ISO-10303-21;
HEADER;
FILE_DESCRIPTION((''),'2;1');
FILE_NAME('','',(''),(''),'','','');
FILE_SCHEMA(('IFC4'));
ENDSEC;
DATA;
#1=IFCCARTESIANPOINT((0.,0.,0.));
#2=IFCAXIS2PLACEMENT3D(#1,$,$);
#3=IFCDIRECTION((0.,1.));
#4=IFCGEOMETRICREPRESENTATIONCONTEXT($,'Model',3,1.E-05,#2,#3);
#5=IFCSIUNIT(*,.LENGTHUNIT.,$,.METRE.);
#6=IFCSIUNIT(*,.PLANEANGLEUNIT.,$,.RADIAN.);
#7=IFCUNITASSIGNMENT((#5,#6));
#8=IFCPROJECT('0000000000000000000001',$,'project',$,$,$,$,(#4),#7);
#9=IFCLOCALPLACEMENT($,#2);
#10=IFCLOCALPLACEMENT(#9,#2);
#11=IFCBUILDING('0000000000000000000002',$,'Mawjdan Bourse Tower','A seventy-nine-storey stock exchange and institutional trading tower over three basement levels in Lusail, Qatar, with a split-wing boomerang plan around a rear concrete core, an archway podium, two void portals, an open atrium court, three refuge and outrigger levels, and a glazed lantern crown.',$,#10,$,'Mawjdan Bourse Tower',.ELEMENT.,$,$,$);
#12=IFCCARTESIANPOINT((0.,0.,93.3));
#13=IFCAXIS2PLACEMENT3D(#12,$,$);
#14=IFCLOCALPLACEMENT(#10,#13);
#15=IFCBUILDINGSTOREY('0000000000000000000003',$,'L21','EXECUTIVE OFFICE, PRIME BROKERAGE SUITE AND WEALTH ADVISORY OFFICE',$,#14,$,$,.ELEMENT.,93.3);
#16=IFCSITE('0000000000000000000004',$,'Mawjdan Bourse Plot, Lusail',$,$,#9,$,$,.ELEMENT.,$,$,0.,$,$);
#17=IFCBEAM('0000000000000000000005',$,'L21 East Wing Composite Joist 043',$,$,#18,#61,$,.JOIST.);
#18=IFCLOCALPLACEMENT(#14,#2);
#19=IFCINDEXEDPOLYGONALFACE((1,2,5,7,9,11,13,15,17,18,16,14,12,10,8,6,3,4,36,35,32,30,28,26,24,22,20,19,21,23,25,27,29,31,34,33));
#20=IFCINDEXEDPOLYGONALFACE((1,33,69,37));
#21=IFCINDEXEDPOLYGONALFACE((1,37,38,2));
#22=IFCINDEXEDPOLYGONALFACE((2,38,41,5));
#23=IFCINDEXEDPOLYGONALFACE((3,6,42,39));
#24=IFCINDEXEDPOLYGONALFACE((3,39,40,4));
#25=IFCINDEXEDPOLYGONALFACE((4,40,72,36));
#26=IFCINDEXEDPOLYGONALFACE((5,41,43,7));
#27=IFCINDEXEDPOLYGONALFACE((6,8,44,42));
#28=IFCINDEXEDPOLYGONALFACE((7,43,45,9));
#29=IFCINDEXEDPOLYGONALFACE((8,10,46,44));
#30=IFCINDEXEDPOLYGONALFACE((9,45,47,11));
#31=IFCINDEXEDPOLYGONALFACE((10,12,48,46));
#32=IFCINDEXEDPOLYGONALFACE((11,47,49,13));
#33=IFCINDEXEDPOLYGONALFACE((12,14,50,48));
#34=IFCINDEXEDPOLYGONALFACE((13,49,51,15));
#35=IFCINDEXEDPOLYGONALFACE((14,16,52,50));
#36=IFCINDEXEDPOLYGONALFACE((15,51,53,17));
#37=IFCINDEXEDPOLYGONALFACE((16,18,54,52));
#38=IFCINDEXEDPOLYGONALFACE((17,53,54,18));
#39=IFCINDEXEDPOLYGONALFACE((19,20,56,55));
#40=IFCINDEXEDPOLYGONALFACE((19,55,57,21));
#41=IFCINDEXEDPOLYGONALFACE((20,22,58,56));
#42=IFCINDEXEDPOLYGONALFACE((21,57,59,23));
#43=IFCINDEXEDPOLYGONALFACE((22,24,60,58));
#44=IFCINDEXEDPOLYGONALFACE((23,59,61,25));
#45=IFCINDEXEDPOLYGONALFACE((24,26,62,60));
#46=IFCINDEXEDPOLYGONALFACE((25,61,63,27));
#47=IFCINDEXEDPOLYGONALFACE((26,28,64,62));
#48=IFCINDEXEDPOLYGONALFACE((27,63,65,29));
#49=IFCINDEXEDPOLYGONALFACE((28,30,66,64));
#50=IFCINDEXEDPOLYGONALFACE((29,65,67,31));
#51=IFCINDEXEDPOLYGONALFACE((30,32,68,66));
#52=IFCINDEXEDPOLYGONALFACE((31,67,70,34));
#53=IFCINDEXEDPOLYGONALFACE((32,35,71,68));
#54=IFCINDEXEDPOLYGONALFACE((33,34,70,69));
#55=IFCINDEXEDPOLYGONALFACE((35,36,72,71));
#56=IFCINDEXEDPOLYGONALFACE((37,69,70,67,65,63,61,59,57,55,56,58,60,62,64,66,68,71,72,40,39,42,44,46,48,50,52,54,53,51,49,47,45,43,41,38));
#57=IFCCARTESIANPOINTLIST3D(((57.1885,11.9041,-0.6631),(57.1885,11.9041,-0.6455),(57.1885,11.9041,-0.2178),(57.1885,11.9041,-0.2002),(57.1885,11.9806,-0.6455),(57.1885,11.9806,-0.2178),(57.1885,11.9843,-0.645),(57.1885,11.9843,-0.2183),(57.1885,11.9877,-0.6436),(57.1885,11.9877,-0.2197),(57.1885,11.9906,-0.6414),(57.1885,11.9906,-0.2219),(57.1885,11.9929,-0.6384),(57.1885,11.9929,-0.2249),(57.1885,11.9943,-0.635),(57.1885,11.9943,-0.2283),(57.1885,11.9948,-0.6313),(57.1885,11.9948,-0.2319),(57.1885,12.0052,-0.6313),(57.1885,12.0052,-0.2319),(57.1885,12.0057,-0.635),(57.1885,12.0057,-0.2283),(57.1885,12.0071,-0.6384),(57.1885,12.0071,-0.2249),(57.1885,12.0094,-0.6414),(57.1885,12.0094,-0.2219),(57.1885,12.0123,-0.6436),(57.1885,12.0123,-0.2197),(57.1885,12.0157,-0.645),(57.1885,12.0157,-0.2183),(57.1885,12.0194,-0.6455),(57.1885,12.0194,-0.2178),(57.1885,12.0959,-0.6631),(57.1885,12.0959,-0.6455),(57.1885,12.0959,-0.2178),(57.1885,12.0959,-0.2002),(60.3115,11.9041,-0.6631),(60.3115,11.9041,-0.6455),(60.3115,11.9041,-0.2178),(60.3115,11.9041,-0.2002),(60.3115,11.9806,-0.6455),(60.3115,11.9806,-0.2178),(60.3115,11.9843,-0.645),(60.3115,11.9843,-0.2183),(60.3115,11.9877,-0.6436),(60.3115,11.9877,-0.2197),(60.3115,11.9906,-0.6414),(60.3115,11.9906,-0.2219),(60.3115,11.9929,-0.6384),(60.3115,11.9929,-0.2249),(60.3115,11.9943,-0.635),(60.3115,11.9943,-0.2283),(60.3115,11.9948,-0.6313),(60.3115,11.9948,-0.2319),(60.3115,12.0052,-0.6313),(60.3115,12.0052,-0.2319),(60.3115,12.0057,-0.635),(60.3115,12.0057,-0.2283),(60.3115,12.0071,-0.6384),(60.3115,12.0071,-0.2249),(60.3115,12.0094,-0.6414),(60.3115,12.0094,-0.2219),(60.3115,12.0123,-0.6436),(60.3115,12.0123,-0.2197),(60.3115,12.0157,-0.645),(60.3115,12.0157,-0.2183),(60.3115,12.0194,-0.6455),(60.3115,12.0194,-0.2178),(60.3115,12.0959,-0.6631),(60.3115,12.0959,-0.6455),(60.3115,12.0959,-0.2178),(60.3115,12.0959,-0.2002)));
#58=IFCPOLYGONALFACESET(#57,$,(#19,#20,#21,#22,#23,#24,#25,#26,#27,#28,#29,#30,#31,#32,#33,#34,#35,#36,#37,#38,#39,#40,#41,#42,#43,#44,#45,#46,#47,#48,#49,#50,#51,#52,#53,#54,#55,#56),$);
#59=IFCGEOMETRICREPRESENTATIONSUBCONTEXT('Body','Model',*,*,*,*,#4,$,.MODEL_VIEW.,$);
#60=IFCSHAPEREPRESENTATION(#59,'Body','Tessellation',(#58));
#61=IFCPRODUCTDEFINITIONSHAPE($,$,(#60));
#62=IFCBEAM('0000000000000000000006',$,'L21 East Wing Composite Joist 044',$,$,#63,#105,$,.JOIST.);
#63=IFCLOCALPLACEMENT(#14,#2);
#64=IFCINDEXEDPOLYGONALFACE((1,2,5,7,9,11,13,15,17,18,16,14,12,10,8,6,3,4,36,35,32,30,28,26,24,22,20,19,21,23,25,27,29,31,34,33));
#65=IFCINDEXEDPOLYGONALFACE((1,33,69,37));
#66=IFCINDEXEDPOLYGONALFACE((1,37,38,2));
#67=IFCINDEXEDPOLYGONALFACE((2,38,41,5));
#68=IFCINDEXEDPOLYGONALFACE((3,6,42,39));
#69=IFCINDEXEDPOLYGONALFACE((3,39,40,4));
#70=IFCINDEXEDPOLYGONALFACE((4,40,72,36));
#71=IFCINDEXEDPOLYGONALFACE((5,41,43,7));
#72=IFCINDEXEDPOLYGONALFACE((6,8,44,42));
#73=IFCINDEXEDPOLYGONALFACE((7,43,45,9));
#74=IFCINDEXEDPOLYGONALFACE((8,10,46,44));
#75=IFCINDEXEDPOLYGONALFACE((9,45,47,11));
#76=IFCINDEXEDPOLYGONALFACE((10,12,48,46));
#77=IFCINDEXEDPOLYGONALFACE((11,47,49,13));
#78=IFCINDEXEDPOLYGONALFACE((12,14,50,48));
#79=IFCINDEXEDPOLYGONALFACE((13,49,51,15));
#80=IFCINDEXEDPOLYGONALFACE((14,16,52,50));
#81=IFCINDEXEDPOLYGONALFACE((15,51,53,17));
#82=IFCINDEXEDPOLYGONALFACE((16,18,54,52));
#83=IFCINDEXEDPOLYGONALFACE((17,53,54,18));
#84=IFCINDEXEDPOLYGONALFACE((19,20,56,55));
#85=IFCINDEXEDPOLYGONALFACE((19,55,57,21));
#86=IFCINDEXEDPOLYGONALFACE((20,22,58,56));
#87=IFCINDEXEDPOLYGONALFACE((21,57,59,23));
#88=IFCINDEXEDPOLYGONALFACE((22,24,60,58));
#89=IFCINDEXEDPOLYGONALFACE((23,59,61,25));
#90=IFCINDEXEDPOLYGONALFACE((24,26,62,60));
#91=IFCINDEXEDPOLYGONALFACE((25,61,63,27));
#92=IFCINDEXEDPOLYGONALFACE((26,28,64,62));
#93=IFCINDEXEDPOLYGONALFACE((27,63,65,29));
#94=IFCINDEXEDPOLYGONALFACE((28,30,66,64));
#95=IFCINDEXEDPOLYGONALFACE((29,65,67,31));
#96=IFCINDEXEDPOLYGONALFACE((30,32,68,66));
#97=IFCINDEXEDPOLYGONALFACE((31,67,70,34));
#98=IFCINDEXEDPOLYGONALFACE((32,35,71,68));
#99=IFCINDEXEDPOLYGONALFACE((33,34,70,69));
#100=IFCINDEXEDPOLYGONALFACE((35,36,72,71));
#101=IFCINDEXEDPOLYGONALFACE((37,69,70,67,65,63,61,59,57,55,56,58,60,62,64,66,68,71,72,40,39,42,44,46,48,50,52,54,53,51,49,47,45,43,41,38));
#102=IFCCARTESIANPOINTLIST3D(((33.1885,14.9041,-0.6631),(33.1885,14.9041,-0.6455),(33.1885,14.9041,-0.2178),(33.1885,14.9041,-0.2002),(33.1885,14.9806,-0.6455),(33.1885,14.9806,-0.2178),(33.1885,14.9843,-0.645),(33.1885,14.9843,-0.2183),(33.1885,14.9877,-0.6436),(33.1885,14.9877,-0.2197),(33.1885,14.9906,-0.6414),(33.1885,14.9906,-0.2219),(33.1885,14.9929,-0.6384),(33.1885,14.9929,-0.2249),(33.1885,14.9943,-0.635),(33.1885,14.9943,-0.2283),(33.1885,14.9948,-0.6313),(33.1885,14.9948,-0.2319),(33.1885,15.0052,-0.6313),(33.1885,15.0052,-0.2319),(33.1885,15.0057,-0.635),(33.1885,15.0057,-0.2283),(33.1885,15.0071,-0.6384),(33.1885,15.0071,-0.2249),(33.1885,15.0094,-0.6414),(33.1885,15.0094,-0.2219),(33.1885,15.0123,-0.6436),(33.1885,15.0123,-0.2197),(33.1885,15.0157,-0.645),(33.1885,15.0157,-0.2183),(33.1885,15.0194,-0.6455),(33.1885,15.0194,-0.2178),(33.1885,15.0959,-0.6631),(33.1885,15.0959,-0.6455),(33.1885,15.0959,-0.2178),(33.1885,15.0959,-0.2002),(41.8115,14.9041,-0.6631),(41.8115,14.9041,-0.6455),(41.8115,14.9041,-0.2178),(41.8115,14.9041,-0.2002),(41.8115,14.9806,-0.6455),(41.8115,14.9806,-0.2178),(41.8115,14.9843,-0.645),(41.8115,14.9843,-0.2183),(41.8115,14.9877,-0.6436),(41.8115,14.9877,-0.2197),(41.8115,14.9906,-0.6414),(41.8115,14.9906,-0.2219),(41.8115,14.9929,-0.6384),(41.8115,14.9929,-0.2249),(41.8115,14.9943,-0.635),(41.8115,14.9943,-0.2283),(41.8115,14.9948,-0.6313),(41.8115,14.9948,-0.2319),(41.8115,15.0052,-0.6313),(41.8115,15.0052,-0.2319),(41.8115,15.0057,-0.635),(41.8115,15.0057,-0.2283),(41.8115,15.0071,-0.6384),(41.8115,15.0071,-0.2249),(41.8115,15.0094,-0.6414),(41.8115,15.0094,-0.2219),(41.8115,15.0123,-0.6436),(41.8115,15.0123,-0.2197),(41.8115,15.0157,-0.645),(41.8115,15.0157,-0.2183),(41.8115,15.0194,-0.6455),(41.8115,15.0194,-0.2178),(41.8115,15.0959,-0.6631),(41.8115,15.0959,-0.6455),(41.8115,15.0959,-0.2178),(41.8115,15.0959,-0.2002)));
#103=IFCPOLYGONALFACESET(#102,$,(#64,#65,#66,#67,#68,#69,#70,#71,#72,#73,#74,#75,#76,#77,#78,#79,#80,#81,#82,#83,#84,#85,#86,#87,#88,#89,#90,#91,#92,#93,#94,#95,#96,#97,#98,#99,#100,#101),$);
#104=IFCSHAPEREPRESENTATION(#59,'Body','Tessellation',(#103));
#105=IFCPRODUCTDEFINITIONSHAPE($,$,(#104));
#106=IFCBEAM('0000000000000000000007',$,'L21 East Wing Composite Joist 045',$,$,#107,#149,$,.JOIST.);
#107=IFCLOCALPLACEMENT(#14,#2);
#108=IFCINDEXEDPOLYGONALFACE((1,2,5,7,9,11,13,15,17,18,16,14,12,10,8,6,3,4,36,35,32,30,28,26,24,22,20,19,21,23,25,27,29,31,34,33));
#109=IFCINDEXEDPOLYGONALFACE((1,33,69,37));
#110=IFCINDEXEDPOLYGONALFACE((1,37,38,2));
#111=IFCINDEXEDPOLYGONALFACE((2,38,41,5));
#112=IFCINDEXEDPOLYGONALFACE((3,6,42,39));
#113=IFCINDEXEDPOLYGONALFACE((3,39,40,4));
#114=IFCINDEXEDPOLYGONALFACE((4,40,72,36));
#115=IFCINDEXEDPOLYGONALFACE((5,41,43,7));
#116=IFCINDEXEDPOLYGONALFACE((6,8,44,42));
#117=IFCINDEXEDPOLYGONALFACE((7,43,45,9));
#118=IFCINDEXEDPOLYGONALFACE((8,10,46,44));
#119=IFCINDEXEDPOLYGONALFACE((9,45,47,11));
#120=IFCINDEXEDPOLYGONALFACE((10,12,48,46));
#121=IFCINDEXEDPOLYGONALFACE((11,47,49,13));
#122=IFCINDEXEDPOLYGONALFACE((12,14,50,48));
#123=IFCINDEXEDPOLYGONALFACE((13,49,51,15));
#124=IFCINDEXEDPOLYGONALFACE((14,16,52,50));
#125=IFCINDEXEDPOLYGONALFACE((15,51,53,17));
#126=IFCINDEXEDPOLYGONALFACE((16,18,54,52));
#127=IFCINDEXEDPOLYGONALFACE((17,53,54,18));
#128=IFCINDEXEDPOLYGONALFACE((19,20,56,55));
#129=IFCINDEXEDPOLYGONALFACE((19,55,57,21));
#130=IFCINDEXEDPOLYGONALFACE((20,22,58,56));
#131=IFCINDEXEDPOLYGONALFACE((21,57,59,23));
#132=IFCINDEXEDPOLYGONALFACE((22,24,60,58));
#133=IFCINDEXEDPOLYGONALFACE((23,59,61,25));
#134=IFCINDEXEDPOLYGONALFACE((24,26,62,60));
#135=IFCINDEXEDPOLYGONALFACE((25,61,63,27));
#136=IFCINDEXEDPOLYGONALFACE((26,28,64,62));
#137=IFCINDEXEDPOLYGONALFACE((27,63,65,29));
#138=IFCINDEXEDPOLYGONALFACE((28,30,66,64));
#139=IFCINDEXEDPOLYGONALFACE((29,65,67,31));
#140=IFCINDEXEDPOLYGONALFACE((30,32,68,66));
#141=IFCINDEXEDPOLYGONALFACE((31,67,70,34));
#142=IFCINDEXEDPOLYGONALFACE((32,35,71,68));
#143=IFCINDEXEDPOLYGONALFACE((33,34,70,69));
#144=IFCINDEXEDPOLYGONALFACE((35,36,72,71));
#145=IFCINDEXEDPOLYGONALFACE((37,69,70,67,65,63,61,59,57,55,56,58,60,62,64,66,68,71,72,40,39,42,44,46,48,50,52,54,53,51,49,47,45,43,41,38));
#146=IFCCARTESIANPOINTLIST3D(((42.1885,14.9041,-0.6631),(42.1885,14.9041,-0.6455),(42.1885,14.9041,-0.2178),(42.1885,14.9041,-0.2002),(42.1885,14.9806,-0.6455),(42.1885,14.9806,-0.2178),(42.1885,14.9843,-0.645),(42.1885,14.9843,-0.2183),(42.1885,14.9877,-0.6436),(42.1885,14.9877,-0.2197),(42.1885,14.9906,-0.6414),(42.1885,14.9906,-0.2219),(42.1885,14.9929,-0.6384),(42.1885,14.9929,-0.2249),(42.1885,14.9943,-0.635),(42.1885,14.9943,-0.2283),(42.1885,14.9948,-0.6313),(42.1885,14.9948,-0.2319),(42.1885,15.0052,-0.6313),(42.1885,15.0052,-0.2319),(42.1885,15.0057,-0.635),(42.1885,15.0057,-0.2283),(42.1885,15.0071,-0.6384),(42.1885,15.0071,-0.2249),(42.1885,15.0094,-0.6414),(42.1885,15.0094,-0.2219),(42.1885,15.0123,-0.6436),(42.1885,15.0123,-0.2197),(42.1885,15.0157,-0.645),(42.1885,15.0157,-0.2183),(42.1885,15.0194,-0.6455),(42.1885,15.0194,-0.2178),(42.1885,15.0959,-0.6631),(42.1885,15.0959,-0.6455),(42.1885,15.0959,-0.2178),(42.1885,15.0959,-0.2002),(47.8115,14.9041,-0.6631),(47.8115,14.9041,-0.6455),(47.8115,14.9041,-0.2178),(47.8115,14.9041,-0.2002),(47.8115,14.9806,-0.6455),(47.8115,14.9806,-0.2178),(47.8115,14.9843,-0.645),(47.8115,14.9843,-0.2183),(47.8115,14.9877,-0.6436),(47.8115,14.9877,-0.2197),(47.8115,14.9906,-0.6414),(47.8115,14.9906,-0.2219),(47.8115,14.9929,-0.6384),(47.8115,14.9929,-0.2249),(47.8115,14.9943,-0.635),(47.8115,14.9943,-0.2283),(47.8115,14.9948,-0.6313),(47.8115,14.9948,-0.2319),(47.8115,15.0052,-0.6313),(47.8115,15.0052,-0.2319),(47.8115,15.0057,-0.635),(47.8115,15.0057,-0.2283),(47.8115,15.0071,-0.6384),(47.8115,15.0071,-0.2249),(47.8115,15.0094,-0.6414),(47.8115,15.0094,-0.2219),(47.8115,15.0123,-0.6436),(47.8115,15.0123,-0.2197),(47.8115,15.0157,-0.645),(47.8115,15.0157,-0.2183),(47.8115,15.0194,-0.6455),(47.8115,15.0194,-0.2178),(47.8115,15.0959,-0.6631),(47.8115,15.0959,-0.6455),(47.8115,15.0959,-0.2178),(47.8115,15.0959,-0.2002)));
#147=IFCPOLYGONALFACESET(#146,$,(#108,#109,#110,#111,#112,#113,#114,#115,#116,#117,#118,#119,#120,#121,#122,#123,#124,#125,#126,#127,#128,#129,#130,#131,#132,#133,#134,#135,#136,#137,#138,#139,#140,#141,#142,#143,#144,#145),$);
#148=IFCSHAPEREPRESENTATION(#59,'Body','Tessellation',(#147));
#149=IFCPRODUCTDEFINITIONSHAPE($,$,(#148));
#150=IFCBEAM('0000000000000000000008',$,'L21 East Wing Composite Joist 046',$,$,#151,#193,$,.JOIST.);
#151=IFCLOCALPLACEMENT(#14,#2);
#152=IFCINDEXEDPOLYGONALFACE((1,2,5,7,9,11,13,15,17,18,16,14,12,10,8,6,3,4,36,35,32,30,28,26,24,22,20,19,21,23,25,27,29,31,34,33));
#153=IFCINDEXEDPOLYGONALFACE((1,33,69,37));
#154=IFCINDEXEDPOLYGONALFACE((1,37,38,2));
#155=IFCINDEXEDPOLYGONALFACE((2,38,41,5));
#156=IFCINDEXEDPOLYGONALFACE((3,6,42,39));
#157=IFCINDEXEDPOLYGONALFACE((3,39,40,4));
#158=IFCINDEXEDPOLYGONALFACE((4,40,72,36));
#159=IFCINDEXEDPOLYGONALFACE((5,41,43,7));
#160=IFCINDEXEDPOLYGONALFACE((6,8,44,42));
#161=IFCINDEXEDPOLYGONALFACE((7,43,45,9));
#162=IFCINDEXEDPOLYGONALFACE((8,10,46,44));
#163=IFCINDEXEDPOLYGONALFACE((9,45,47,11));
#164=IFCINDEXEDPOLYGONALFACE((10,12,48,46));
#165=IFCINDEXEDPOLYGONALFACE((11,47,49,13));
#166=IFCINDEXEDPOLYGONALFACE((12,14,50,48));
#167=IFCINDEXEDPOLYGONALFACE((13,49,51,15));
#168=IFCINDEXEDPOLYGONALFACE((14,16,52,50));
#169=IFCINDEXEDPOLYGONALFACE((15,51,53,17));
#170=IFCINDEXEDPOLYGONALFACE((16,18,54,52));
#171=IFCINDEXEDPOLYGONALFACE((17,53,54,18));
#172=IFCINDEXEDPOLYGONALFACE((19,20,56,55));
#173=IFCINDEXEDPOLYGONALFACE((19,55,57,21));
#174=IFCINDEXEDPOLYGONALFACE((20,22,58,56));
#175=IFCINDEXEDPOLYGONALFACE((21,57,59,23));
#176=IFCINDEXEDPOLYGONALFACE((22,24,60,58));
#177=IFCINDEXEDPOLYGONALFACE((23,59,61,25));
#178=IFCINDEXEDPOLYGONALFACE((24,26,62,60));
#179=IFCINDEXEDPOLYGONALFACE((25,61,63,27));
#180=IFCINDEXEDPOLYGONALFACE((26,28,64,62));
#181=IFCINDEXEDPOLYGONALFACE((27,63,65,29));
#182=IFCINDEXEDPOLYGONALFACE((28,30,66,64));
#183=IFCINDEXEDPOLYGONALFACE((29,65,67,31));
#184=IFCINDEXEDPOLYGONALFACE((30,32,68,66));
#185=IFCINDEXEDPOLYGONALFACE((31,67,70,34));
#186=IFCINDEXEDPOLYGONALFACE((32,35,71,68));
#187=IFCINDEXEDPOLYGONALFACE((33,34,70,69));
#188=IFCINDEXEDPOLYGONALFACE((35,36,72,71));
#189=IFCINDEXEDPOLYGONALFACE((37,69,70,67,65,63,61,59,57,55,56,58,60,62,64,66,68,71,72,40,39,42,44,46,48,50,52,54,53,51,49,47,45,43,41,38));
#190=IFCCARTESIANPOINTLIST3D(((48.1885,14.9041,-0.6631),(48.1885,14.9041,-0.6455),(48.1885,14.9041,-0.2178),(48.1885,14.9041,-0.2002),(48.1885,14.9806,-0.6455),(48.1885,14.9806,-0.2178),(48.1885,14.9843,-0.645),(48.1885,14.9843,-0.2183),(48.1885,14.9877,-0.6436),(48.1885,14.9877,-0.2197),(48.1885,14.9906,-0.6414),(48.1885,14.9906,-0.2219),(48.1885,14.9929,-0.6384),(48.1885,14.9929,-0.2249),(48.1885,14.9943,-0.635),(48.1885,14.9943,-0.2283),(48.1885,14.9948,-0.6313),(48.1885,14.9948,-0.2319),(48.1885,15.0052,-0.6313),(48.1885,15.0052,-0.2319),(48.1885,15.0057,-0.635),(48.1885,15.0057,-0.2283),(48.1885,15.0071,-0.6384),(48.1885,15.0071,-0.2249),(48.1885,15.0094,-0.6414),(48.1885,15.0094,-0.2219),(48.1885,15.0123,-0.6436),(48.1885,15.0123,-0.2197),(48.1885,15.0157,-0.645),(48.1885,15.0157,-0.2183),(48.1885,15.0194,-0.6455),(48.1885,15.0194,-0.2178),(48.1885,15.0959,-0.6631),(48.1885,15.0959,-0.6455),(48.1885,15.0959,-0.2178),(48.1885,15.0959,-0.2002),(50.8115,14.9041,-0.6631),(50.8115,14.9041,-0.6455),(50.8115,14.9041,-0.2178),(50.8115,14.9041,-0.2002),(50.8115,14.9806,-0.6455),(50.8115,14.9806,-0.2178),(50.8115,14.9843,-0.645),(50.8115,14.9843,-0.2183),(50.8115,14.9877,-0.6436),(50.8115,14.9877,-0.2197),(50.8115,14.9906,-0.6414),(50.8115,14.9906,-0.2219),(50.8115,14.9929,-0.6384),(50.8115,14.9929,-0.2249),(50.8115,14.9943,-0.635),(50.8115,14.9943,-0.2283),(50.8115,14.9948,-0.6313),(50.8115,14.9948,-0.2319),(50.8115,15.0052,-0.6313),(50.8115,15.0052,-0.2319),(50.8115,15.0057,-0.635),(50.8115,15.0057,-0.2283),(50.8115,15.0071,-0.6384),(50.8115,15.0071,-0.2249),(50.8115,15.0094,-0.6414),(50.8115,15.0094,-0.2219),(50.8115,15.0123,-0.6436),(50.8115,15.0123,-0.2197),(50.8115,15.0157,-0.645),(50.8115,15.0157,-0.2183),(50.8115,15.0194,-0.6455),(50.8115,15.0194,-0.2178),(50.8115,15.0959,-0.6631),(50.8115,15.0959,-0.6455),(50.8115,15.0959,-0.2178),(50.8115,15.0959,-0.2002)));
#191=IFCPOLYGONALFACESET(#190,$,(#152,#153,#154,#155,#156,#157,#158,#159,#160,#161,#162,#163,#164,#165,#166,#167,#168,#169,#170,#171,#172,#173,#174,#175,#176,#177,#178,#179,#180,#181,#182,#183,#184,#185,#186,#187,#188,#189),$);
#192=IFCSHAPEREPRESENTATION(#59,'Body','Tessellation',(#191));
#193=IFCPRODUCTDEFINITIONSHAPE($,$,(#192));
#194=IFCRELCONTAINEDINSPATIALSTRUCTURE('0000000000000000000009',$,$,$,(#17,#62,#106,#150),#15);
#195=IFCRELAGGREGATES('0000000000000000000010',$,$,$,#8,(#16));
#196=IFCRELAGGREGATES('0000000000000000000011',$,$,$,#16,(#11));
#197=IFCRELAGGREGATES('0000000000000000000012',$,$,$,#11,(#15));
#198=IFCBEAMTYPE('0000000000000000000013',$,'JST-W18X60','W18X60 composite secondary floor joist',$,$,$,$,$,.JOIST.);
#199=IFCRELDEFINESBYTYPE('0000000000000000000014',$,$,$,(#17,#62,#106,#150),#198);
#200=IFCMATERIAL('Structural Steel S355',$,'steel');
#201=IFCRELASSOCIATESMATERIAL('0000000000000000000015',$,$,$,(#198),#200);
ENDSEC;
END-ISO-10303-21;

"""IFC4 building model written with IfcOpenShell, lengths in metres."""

from ifc_helpers import new_model, si_unit, direction, frame, origin, origin_2d, place, context, subcontext, project, spatial, i_section, extrude, material, material_profile, profile_set, type_object, element, save


model = new_model("IFC4")

# Units and contexts
model_context = context("Model", 3, precision=1e-05, world=origin(), true_north=direction((0.0, 1.0)))
body_context = subcontext(model_context, "Body", "Model", "MODEL_VIEW")
ifc_project = project(units=[si_unit("LENGTHUNIT", "METRE"), si_unit("PLANEANGLEUNIT", "RADIAN")], contexts=[model_context])

# Site, building, storey
site_placement = place(None, origin())
site = spatial("IfcSite", under=ifc_project, at=site_placement, Name="Mawjdan Bourse Plot, Lusail", CompositionType="ELEMENT", RefElevation=0.0)
building_placement = place(site_placement, origin())
building = spatial("IfcBuilding", under=site, at=building_placement, Name="Mawjdan Bourse Tower", Description="A seventy-nine-storey stock exchange and institutional trading tower over three basement levels in Lusail, Qatar, with a split-wing boomerang plan around a rear concrete core, an archway podium, two void portals, an open atrium court, three refuge and outrigger levels, and a glazed lantern crown.", LongName="Mawjdan Bourse Tower", CompositionType="ELEMENT")
storey_placement = place(building_placement, frame((0.0, 0.0, 93.3)))
storey = spatial("IfcBuildingStorey", under=building, at=storey_placement, Name="L21", Description="EXECUTIVE OFFICE, PRIME BROKERAGE SUITE AND WEALTH ADVISORY OFFICE", CompositionType="ELEMENT", Elevation=93.3)

# Beams
ifc_material_1 = material(Name="Structural Steel S355", Category="steel")
ifc_material_profile_1 = material_profile(ifc_material_1, i_section(OverallWidth=0.1919, OverallDepth=0.4629, WebThickness=0.0105, FlangeThickness=0.0176, FilletRadius=0.0142, at=origin_2d()), Name="W18X60")
ifc_profile_set_1 = profile_set([ifc_material_profile_1], Name="Structural Steel S355")
beam_type_1 = type_object("IfcBeamType", Name="JST-W18X60", Description="W18X60 composite secondary floor joist", PredefinedType="JOIST", material=ifc_profile_set_1)
beam_1_placement = place(storey_placement, frame((57.1885, 12.0, -0.4316), z_axis=(1.0, 0.0, 0.0), x_axis=(0.0, 1.0, 0.0)))
element("IfcBeam", 1, at=beam_1_placement, inside=storey, type_object=beam_type_1, Name="L21 East Wing Composite Joist 043", PredefinedType="JOIST", context=body_context, shape_type="SweptSolid", body=[
    extrude(i_section(OverallWidth=0.1919, OverallDepth=0.4629, WebThickness=0.0105, FlangeThickness=0.0176, FilletRadius=0.0142, at=origin_2d()), origin(), (0.0, 0.0, 1.0), 3.123),
])
beam_2_placement = place(storey_placement, frame((33.1885, 15.0, -0.4316), z_axis=(1.0, 0.0, 0.0), x_axis=(0.0, 1.0, 0.0)))
element("IfcBeam", 2, at=beam_2_placement, inside=storey, type_object=beam_type_1, Name="L21 East Wing Composite Joist 044", PredefinedType="JOIST", context=body_context, shape_type="SweptSolid", body=[
    extrude(i_section(OverallWidth=0.1919, OverallDepth=0.4629, WebThickness=0.0105, FlangeThickness=0.0176, FilletRadius=0.0142, at=origin_2d()), origin(), (0.0, 0.0, 1.0), 8.623),
])
beam_3_placement = place(storey_placement, frame((42.1885, 15.0, -0.4316), z_axis=(1.0, 0.0, 0.0), x_axis=(0.0, 1.0, 0.0)))
element("IfcBeam", 3, at=beam_3_placement, inside=storey, type_object=beam_type_1, Name="L21 East Wing Composite Joist 045", PredefinedType="JOIST", context=body_context, shape_type="SweptSolid", body=[
    extrude(i_section(OverallWidth=0.1919, OverallDepth=0.4629, WebThickness=0.0105, FlangeThickness=0.0176, FilletRadius=0.0142, at=origin_2d()), origin(), (0.0, 0.0, 1.0), 5.623),
])
for number, where, z_axis, x_axis, name in (
    (4, (48.1885, 15.0, -0.4316), (1.0, 0.0, 0.0), (0.0, 1.0, 0.0), "L21 East Wing Composite Joist 046"),
):
    element("IfcBeam", number, at=place(storey_placement, frame(where, z_axis=z_axis, x_axis=x_axis)), inside=storey, type_object=beam_type_1, Name=name, PredefinedType="JOIST", context=body_context, shape_type="SweptSolid", body=[
        extrude(i_section(OverallWidth=0.1919, OverallDepth=0.4629, WebThickness=0.0105, FlangeThickness=0.0176, FilletRadius=0.0142, at=origin_2d()), origin(), (0.0, 0.0, 1.0), 2.623),
    ])

save(model, "model.ifc")
